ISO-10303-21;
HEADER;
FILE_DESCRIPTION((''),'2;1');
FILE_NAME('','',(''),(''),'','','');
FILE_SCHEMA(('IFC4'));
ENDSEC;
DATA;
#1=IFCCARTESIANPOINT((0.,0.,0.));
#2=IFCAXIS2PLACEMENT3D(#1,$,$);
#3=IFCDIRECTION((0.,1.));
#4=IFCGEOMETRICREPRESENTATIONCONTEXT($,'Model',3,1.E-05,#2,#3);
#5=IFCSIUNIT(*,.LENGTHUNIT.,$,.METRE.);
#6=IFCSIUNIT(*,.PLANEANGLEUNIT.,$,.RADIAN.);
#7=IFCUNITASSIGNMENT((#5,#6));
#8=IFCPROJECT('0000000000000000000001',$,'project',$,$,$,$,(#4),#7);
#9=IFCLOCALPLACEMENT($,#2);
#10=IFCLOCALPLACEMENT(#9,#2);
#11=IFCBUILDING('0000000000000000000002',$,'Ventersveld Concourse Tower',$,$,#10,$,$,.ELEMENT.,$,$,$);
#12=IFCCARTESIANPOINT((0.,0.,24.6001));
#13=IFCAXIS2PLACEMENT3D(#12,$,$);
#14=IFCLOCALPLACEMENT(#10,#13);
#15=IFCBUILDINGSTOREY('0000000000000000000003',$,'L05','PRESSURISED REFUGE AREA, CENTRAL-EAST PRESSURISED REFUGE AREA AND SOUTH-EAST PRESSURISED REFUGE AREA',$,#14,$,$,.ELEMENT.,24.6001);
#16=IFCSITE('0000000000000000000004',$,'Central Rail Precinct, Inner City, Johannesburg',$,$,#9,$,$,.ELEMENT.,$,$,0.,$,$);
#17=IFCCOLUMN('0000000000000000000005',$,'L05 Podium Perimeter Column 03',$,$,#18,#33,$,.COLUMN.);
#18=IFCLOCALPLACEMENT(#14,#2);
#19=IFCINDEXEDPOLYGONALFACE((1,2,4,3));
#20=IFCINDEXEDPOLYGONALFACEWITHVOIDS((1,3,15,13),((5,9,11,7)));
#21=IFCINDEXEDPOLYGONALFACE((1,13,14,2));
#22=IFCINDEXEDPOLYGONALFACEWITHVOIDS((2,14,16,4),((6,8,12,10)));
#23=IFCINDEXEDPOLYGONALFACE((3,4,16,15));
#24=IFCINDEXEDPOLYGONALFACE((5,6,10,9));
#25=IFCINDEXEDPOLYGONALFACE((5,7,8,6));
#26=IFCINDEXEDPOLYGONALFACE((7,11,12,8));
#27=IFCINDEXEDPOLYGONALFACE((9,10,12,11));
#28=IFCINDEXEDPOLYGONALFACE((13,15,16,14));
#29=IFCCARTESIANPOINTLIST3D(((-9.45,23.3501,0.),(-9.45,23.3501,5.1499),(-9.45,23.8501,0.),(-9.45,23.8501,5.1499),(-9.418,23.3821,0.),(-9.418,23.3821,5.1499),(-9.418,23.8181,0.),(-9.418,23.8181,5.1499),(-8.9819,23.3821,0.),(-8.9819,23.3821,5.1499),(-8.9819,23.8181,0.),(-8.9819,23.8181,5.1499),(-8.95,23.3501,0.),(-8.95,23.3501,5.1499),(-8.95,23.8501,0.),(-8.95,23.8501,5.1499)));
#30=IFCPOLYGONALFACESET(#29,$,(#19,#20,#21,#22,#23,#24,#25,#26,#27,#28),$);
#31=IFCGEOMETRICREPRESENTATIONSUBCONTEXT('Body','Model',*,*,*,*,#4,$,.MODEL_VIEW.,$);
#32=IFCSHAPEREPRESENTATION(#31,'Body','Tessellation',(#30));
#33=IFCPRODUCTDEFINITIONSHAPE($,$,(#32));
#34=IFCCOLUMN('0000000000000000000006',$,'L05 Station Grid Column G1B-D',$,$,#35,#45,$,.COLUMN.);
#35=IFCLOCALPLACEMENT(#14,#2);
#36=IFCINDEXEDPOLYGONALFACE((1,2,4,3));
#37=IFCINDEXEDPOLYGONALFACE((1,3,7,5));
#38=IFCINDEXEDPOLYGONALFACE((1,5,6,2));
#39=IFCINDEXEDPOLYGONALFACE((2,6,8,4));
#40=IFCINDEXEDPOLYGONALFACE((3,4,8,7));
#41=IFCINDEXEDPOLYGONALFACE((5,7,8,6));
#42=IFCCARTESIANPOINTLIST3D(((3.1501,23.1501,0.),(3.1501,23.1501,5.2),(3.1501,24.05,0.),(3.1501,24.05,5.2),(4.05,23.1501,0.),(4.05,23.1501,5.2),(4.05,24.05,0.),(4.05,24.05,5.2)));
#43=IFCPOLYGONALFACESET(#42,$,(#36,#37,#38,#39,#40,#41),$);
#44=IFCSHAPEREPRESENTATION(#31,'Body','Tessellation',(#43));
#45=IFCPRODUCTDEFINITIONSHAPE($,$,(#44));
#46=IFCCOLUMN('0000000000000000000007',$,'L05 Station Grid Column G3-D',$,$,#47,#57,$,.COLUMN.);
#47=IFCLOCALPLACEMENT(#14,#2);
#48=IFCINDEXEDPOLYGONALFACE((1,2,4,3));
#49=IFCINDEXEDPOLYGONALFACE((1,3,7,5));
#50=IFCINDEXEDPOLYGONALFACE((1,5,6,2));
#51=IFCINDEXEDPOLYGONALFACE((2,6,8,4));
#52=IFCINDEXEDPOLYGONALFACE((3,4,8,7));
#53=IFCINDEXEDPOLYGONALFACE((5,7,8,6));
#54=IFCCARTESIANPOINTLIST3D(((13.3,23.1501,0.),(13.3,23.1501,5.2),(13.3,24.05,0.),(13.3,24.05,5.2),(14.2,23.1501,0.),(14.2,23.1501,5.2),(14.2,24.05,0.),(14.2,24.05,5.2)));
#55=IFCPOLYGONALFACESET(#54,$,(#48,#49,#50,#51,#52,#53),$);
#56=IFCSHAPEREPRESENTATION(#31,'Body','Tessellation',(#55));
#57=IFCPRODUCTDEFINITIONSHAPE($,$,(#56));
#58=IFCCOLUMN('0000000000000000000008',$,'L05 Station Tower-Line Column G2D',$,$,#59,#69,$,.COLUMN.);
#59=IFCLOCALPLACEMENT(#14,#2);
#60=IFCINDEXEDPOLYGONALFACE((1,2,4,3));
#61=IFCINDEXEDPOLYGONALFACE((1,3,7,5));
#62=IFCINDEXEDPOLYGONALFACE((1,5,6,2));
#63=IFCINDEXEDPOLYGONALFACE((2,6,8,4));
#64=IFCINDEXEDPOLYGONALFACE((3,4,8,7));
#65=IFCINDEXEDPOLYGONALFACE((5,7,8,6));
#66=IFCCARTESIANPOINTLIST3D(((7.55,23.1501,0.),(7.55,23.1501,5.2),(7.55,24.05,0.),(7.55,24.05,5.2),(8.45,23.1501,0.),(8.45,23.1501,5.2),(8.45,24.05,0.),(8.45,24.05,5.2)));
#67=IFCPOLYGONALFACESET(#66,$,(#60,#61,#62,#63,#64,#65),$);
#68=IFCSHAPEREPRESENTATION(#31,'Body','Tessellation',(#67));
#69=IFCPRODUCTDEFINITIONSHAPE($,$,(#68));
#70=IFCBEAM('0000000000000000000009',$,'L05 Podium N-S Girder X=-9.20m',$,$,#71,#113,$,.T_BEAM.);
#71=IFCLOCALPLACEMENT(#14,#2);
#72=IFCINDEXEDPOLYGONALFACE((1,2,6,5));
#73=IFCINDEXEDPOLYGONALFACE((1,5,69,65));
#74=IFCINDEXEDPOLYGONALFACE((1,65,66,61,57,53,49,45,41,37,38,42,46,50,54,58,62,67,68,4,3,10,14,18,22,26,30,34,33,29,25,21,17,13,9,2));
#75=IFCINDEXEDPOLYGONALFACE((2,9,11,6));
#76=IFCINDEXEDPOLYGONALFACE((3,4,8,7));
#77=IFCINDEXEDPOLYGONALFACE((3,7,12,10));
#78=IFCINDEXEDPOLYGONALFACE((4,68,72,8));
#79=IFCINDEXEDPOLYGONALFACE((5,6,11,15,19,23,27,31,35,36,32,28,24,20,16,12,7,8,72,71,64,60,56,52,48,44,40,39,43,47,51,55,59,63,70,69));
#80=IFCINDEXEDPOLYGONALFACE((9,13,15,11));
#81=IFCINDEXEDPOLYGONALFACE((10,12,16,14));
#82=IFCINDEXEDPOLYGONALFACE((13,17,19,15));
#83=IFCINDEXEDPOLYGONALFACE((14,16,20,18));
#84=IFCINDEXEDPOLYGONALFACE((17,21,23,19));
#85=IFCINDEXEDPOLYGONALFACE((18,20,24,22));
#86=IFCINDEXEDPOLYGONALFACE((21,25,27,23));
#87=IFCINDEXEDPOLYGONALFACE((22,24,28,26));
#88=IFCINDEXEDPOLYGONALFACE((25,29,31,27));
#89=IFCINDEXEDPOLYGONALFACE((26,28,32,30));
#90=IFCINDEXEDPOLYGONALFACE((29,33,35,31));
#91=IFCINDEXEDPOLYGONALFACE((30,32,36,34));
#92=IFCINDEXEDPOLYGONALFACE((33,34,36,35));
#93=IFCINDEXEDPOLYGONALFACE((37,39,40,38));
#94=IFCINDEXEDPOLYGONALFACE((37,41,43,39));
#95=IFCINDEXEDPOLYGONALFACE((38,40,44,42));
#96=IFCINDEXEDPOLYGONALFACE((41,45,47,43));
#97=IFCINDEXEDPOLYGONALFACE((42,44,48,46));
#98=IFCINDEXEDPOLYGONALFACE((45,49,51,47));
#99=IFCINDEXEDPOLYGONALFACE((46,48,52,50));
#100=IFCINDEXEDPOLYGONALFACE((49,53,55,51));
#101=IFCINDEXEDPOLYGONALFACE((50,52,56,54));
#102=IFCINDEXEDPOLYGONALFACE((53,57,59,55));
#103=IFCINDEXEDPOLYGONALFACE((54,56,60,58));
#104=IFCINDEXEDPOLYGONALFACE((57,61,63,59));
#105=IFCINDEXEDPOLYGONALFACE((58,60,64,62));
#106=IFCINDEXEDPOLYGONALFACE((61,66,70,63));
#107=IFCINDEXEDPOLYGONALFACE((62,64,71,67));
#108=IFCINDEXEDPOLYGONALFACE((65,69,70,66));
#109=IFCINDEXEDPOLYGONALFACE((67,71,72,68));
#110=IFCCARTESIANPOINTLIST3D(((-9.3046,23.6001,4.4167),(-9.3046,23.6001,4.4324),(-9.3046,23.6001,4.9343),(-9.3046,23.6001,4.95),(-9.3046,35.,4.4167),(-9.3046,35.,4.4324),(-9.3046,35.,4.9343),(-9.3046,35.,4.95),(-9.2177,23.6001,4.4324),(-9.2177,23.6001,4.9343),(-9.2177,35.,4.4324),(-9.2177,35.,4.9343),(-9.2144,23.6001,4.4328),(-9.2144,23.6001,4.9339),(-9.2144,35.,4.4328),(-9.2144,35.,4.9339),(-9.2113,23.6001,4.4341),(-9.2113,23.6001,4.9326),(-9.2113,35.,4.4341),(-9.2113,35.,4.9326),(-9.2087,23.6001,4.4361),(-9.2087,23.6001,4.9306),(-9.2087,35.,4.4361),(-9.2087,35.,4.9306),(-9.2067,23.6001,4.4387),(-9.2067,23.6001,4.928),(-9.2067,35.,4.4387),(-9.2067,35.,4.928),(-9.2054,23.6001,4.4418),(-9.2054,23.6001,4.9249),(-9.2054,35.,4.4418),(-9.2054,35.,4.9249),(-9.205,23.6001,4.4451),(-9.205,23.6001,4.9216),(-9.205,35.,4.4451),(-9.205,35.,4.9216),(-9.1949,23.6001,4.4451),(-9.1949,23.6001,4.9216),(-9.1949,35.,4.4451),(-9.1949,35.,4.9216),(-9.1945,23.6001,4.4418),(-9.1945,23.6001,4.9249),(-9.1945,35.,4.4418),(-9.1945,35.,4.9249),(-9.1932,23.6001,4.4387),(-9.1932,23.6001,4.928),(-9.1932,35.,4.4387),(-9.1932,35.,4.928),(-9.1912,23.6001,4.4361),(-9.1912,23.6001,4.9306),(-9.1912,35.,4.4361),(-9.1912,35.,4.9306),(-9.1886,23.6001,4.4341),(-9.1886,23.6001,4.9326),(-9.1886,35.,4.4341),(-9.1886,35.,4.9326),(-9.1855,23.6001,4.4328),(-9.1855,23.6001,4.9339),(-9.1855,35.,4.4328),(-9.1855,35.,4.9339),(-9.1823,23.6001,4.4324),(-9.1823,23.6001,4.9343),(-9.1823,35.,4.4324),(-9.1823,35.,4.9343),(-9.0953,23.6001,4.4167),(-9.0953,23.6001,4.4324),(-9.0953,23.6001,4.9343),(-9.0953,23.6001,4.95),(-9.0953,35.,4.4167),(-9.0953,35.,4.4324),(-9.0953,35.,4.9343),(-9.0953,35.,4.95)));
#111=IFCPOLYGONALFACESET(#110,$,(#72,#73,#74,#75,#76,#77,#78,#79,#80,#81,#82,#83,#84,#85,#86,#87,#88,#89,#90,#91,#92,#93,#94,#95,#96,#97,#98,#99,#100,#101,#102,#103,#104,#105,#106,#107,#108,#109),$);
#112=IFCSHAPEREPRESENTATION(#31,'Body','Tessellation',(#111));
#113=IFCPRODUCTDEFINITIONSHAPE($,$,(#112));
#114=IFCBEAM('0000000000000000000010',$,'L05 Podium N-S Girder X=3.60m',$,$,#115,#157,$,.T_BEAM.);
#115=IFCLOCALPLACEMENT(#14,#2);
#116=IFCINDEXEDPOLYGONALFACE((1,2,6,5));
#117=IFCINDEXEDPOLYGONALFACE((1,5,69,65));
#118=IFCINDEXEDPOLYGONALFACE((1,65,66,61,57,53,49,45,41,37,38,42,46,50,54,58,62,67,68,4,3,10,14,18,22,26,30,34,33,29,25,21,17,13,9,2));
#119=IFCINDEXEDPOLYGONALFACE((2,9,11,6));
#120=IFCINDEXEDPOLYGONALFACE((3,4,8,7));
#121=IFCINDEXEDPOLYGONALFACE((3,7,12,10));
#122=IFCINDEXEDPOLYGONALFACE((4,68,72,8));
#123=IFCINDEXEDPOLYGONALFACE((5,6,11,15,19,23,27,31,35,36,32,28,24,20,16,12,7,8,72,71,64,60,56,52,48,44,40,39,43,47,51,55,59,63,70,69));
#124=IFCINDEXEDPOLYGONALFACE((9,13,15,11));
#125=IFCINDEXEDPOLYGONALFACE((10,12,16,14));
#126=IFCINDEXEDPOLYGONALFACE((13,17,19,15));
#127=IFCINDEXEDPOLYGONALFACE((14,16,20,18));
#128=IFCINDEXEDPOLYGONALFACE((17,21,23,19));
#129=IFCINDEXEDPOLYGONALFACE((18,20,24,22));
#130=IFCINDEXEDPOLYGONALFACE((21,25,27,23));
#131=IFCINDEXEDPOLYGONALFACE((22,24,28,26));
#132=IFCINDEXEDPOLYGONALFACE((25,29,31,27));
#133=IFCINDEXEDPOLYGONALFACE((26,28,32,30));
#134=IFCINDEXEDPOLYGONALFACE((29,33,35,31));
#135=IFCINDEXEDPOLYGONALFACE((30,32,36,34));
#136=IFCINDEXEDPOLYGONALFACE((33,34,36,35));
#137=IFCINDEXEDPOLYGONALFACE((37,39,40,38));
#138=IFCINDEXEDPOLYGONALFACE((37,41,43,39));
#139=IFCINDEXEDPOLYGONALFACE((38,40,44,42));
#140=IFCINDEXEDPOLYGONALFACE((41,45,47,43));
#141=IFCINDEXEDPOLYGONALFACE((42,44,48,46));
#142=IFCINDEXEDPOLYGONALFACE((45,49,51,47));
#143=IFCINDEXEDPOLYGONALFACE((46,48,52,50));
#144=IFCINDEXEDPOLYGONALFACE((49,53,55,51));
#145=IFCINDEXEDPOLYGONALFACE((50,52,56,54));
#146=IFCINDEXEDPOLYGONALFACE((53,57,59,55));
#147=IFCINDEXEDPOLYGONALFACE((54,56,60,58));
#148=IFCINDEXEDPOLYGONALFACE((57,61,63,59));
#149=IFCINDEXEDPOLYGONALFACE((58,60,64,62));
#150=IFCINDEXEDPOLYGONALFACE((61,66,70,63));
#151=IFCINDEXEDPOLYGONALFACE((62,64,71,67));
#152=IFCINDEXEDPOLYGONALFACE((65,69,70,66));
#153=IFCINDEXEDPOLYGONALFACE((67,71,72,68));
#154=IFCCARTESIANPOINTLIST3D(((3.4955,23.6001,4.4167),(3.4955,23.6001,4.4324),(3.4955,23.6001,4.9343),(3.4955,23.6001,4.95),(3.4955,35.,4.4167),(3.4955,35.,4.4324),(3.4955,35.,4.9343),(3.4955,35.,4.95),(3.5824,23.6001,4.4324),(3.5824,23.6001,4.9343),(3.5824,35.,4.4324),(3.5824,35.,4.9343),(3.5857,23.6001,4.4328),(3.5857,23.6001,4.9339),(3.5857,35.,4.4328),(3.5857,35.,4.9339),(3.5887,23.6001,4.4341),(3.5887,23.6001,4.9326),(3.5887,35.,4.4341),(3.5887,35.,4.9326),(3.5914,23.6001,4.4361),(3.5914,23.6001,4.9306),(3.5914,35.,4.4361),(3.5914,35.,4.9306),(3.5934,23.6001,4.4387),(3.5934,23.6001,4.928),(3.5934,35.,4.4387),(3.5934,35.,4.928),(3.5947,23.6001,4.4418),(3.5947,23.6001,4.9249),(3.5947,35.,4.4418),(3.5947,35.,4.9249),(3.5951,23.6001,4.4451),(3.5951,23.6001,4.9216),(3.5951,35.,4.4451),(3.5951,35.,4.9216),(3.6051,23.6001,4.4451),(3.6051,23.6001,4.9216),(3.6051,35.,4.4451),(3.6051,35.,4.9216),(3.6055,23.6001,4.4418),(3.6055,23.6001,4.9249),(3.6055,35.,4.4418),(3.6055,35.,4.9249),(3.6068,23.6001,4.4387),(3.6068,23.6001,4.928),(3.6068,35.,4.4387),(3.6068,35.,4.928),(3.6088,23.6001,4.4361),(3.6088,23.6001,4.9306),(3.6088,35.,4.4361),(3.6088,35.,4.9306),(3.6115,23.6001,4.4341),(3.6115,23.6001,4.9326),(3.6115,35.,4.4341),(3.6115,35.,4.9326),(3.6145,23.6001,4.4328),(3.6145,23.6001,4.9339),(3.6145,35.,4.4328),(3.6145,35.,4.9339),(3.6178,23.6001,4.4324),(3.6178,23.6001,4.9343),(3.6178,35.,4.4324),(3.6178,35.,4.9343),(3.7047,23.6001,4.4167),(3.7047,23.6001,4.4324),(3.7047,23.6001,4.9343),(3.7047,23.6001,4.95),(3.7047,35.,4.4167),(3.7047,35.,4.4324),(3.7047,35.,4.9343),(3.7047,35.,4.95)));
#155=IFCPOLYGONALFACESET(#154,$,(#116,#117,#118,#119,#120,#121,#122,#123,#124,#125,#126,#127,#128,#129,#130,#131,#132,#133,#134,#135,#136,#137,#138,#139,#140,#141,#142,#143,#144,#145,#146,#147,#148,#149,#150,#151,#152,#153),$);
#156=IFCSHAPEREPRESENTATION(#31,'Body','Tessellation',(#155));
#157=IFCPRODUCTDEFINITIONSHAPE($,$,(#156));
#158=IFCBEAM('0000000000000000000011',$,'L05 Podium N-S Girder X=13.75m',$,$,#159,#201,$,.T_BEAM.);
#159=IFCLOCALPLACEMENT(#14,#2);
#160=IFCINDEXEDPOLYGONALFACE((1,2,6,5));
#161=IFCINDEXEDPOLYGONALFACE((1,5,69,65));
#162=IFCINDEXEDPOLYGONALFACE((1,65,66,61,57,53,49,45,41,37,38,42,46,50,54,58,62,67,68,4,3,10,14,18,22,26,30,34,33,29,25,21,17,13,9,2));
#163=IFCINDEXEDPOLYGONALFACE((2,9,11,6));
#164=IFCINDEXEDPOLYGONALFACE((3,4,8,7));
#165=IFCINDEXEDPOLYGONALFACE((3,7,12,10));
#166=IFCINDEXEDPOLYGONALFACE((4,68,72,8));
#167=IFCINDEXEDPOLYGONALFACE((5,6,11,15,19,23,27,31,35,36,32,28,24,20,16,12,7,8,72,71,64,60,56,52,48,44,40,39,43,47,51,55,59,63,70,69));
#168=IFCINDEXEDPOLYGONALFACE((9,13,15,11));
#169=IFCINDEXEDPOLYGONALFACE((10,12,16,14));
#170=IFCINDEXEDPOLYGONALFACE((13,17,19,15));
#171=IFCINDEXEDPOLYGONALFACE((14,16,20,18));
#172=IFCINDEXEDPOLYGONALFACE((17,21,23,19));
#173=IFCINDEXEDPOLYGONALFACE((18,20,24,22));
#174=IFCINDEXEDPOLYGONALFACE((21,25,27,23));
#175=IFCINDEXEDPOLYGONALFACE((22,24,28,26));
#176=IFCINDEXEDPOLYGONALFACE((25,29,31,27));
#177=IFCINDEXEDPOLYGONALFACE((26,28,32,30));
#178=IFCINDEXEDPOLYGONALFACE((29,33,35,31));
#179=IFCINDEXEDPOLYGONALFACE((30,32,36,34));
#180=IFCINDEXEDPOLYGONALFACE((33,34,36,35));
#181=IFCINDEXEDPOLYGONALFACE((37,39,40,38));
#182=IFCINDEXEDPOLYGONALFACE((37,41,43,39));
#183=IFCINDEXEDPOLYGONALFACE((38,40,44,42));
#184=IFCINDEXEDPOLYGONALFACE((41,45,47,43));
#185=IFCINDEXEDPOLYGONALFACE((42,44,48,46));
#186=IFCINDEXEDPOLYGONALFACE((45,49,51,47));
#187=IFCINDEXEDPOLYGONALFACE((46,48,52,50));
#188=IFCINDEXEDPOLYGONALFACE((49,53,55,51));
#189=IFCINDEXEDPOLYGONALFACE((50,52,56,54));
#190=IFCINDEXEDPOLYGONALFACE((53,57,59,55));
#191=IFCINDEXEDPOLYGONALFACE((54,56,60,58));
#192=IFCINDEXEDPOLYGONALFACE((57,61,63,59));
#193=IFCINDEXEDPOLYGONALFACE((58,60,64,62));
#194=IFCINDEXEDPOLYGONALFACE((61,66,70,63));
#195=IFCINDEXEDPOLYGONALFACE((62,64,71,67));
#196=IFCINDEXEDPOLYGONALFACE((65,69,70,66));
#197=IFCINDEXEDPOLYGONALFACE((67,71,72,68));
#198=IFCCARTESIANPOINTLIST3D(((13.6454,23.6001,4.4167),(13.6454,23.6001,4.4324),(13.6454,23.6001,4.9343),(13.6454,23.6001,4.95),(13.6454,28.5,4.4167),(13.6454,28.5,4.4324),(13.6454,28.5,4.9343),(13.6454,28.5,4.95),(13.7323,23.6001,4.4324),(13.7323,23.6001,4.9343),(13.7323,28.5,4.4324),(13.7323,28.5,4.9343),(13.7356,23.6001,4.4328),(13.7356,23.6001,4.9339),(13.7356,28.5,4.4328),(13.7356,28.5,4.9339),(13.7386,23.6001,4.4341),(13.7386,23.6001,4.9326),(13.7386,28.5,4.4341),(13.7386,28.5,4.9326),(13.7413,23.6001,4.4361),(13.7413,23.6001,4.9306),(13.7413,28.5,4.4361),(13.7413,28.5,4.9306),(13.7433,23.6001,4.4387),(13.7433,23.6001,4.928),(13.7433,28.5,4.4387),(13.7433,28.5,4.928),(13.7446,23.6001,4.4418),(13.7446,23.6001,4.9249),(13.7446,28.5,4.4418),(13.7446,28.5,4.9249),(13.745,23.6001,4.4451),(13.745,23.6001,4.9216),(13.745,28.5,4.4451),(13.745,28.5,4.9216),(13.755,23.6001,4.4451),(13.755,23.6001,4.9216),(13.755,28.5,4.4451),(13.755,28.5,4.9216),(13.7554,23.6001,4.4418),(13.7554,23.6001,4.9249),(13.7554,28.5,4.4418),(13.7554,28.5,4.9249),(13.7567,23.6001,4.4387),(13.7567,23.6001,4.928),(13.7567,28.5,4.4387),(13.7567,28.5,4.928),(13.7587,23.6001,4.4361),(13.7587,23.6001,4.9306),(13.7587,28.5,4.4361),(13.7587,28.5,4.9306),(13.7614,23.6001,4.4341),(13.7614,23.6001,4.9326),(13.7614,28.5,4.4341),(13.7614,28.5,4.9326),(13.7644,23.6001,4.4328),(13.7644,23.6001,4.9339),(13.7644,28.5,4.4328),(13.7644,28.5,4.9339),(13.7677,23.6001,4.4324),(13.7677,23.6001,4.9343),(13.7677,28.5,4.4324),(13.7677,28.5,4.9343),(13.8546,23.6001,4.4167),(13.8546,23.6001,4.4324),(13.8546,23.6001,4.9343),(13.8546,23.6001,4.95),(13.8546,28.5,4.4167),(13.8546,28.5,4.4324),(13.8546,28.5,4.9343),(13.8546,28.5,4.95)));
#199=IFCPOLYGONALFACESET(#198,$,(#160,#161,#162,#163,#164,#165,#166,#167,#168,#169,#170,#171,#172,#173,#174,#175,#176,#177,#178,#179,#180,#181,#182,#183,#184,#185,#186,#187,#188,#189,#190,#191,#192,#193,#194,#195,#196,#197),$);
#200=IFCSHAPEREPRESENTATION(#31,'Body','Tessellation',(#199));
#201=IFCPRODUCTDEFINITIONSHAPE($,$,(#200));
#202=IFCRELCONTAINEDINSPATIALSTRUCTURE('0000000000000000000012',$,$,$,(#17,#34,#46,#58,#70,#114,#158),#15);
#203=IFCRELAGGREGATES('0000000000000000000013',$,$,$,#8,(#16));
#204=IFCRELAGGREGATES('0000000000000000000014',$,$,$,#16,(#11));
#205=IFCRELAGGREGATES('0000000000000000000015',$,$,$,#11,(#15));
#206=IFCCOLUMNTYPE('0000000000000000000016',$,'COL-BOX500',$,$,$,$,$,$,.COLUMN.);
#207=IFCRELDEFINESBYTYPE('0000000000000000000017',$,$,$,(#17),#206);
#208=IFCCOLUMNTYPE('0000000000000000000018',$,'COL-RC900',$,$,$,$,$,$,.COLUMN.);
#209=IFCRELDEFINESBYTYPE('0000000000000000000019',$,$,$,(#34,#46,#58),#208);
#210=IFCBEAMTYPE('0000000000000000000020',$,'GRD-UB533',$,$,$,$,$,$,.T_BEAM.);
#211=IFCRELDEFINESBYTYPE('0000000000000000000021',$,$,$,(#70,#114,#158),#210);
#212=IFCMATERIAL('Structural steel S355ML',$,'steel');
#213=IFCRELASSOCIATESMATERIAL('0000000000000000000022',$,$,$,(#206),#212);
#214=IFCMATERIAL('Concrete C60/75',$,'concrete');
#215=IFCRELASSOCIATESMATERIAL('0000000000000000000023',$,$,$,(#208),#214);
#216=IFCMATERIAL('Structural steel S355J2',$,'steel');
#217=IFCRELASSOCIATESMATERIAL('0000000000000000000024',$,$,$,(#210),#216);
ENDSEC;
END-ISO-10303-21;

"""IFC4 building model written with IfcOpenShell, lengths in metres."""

from ifc_helpers import new_model, si_unit, direction, frame, origin, origin_2d, place, context, subcontext, project, spatial, rectangle, hollow_rectangle, i_section, extrude, material, material_profile, profile_set, type_object, element, save


model = new_model("IFC4")

# Units and contexts
model_context = context("Model", 3, precision=1e-05, world=origin(), true_north=direction((0.0, 1.0)))
body_context = subcontext(model_context, "Body", "Model", "MODEL_VIEW")
ifc_project = project(units=[si_unit("LENGTHUNIT", "METRE"), si_unit("PLANEANGLEUNIT", "RADIAN")], contexts=[model_context])

# Site, building, storey
site_placement = place(None, origin())
site = spatial("IfcSite", under=ifc_project, at=site_placement, Name="Central Rail Precinct, Inner City, Johannesburg", CompositionType="ELEMENT", RefElevation=0.0)
building_placement = place(site_placement, origin())
building = spatial("IfcBuilding", under=site, at=building_placement, Name="Ventersveld Concourse Tower", CompositionType="ELEMENT")
storey_placement = place(building_placement, frame((0.0, 0.0, 24.6001)))
storey = spatial("IfcBuildingStorey", under=building, at=storey_placement, Name="L05", Description="PRESSURISED REFUGE AREA, CENTRAL-EAST PRESSURISED REFUGE AREA AND SOUTH-EAST PRESSURISED REFUGE AREA", CompositionType="ELEMENT", Elevation=24.6001)

# Columns
ifc_material_1 = material(Name="Structural steel S355ML", Category="steel")
ifc_material_profile_1 = material_profile(ifc_material_1, hollow_rectangle(XDim=0.5, YDim=0.5, WallThickness=0.032, at=origin_2d()), Name="BOX 500x500x32")
ifc_profile_set_1 = profile_set([ifc_material_profile_1], Name="Structural steel S355ML")
column_type_1 = type_object("IfcColumnType", Name="COL-BOX500", PredefinedType="COLUMN", material=ifc_profile_set_1)
column_placement = place(storey_placement, frame((-9.2, 23.6001, 0.0), z_axis=(0.0, 0.0, 1.0), x_axis=(1.0, 0.0, 0.0)))
element("IfcColumn", 1, at=column_placement, inside=storey, type_object=column_type_1, Name="L05 Podium Perimeter Column 03", PredefinedType="COLUMN", context=body_context, shape_type="SweptSolid", body=[
    extrude(hollow_rectangle(XDim=0.5, YDim=0.5, WallThickness=0.032, at=origin_2d()), origin(), (0.0, 0.0, 1.0), 5.1499),
])
ifc_material_2 = material(Name="Concrete C60/75", Category="concrete")
ifc_material_profile_2 = material_profile(ifc_material_2, rectangle(XDim=0.8999, YDim=0.8999, at=origin_2d()), Name="RC 900x900")
ifc_profile_set_2 = profile_set([ifc_material_profile_2], Name="Concrete C60/75")
column_type_2 = type_object("IfcColumnType", Name="COL-RC900", PredefinedType="COLUMN", material=ifc_profile_set_2)
for number, where, z_axis, x_axis, name in (
    (2, (3.6001, 23.6001, 0.0), (0.0, 0.0, 1.0), (1.0, 0.0, 0.0), "L05 Station Grid Column G1B-D"),
    (3, (13.75, 23.6001, 0.0), (0.0, 0.0, 1.0), (1.0, 0.0, 0.0), "L05 Station Grid Column G3-D"),
    (4, (8.0, 23.6001, 0.0), (0.0, 0.0, 1.0), (1.0, 0.0, 0.0), "L05 Station Tower-Line Column G2D"),
):
    element("IfcColumn", number, at=place(storey_placement, frame(where, z_axis=z_axis, x_axis=x_axis)), inside=storey, type_object=column_type_2, Name=name, PredefinedType="COLUMN", context=body_context, shape_type="SweptSolid", body=[
        extrude(rectangle(XDim=0.8999, YDim=0.8999, at=origin_2d()), origin(), (0.0, 0.0, 1.0), 5.2),
    ])

# Beams
ifc_material_3 = material(Name="Structural steel S355J2", Category="steel")
ifc_material_profile_3 = material_profile(ifc_material_3, i_section(OverallWidth=0.2092, OverallDepth=0.5332, WebThickness=0.01, FlangeThickness=0.0156, FilletRadius=0.0127, at=origin_2d()), Name="UB 533x210x92")
ifc_profile_set_3 = profile_set([ifc_material_profile_3], Name="Structural steel S355J2")
beam_type_1 = type_object("IfcBeamType", Name="GRD-UB533", PredefinedType="T_BEAM", material=ifc_profile_set_3)
for number, where, z_axis, x_axis, name in (
    (5, (-9.2, 23.6001, 4.6833), (0.0, 1.0, 0.0), (-1.0, 0.0, 0.0), "L05 Podium N-S Girder X=-9.20m"),
    (6, (3.6001, 23.6001, 4.6833), (0.0, 1.0, 0.0), (-1.0, 0.0, 0.0), "L05 Podium N-S Girder X=3.60m"),
):
    element("IfcBeam", number, at=place(storey_placement, frame(where, z_axis=z_axis, x_axis=x_axis)), inside=storey, type_object=beam_type_1, Name=name, PredefinedType="T_BEAM", context=body_context, shape_type="SweptSolid", body=[
        extrude(i_section(OverallWidth=0.2092, OverallDepth=0.5332, WebThickness=0.01, FlangeThickness=0.0156, FilletRadius=0.0127, at=origin_2d()), origin(), (0.0, 0.0, 1.0), 11.3999),
    ])
beam_1_placement = place(storey_placement, frame((13.75, 23.6001, 4.6833), z_axis=(0.0, 1.0, 0.0), x_axis=(-1.0, 0.0, 0.0)))
element("IfcBeam", 7, at=beam_1_placement, inside=storey, type_object=beam_type_1, Name="L05 Podium N-S Girder X=13.75m", PredefinedType="T_BEAM", context=body_context, shape_type="SweptSolid", body=[
    extrude(i_section(OverallWidth=0.2092, OverallDepth=0.5332, WebThickness=0.01, FlangeThickness=0.0156, FilletRadius=0.0127, at=origin_2d()), origin(), (0.0, 0.0, 1.0), 4.8999),
])

save(model, "model.ifc")
